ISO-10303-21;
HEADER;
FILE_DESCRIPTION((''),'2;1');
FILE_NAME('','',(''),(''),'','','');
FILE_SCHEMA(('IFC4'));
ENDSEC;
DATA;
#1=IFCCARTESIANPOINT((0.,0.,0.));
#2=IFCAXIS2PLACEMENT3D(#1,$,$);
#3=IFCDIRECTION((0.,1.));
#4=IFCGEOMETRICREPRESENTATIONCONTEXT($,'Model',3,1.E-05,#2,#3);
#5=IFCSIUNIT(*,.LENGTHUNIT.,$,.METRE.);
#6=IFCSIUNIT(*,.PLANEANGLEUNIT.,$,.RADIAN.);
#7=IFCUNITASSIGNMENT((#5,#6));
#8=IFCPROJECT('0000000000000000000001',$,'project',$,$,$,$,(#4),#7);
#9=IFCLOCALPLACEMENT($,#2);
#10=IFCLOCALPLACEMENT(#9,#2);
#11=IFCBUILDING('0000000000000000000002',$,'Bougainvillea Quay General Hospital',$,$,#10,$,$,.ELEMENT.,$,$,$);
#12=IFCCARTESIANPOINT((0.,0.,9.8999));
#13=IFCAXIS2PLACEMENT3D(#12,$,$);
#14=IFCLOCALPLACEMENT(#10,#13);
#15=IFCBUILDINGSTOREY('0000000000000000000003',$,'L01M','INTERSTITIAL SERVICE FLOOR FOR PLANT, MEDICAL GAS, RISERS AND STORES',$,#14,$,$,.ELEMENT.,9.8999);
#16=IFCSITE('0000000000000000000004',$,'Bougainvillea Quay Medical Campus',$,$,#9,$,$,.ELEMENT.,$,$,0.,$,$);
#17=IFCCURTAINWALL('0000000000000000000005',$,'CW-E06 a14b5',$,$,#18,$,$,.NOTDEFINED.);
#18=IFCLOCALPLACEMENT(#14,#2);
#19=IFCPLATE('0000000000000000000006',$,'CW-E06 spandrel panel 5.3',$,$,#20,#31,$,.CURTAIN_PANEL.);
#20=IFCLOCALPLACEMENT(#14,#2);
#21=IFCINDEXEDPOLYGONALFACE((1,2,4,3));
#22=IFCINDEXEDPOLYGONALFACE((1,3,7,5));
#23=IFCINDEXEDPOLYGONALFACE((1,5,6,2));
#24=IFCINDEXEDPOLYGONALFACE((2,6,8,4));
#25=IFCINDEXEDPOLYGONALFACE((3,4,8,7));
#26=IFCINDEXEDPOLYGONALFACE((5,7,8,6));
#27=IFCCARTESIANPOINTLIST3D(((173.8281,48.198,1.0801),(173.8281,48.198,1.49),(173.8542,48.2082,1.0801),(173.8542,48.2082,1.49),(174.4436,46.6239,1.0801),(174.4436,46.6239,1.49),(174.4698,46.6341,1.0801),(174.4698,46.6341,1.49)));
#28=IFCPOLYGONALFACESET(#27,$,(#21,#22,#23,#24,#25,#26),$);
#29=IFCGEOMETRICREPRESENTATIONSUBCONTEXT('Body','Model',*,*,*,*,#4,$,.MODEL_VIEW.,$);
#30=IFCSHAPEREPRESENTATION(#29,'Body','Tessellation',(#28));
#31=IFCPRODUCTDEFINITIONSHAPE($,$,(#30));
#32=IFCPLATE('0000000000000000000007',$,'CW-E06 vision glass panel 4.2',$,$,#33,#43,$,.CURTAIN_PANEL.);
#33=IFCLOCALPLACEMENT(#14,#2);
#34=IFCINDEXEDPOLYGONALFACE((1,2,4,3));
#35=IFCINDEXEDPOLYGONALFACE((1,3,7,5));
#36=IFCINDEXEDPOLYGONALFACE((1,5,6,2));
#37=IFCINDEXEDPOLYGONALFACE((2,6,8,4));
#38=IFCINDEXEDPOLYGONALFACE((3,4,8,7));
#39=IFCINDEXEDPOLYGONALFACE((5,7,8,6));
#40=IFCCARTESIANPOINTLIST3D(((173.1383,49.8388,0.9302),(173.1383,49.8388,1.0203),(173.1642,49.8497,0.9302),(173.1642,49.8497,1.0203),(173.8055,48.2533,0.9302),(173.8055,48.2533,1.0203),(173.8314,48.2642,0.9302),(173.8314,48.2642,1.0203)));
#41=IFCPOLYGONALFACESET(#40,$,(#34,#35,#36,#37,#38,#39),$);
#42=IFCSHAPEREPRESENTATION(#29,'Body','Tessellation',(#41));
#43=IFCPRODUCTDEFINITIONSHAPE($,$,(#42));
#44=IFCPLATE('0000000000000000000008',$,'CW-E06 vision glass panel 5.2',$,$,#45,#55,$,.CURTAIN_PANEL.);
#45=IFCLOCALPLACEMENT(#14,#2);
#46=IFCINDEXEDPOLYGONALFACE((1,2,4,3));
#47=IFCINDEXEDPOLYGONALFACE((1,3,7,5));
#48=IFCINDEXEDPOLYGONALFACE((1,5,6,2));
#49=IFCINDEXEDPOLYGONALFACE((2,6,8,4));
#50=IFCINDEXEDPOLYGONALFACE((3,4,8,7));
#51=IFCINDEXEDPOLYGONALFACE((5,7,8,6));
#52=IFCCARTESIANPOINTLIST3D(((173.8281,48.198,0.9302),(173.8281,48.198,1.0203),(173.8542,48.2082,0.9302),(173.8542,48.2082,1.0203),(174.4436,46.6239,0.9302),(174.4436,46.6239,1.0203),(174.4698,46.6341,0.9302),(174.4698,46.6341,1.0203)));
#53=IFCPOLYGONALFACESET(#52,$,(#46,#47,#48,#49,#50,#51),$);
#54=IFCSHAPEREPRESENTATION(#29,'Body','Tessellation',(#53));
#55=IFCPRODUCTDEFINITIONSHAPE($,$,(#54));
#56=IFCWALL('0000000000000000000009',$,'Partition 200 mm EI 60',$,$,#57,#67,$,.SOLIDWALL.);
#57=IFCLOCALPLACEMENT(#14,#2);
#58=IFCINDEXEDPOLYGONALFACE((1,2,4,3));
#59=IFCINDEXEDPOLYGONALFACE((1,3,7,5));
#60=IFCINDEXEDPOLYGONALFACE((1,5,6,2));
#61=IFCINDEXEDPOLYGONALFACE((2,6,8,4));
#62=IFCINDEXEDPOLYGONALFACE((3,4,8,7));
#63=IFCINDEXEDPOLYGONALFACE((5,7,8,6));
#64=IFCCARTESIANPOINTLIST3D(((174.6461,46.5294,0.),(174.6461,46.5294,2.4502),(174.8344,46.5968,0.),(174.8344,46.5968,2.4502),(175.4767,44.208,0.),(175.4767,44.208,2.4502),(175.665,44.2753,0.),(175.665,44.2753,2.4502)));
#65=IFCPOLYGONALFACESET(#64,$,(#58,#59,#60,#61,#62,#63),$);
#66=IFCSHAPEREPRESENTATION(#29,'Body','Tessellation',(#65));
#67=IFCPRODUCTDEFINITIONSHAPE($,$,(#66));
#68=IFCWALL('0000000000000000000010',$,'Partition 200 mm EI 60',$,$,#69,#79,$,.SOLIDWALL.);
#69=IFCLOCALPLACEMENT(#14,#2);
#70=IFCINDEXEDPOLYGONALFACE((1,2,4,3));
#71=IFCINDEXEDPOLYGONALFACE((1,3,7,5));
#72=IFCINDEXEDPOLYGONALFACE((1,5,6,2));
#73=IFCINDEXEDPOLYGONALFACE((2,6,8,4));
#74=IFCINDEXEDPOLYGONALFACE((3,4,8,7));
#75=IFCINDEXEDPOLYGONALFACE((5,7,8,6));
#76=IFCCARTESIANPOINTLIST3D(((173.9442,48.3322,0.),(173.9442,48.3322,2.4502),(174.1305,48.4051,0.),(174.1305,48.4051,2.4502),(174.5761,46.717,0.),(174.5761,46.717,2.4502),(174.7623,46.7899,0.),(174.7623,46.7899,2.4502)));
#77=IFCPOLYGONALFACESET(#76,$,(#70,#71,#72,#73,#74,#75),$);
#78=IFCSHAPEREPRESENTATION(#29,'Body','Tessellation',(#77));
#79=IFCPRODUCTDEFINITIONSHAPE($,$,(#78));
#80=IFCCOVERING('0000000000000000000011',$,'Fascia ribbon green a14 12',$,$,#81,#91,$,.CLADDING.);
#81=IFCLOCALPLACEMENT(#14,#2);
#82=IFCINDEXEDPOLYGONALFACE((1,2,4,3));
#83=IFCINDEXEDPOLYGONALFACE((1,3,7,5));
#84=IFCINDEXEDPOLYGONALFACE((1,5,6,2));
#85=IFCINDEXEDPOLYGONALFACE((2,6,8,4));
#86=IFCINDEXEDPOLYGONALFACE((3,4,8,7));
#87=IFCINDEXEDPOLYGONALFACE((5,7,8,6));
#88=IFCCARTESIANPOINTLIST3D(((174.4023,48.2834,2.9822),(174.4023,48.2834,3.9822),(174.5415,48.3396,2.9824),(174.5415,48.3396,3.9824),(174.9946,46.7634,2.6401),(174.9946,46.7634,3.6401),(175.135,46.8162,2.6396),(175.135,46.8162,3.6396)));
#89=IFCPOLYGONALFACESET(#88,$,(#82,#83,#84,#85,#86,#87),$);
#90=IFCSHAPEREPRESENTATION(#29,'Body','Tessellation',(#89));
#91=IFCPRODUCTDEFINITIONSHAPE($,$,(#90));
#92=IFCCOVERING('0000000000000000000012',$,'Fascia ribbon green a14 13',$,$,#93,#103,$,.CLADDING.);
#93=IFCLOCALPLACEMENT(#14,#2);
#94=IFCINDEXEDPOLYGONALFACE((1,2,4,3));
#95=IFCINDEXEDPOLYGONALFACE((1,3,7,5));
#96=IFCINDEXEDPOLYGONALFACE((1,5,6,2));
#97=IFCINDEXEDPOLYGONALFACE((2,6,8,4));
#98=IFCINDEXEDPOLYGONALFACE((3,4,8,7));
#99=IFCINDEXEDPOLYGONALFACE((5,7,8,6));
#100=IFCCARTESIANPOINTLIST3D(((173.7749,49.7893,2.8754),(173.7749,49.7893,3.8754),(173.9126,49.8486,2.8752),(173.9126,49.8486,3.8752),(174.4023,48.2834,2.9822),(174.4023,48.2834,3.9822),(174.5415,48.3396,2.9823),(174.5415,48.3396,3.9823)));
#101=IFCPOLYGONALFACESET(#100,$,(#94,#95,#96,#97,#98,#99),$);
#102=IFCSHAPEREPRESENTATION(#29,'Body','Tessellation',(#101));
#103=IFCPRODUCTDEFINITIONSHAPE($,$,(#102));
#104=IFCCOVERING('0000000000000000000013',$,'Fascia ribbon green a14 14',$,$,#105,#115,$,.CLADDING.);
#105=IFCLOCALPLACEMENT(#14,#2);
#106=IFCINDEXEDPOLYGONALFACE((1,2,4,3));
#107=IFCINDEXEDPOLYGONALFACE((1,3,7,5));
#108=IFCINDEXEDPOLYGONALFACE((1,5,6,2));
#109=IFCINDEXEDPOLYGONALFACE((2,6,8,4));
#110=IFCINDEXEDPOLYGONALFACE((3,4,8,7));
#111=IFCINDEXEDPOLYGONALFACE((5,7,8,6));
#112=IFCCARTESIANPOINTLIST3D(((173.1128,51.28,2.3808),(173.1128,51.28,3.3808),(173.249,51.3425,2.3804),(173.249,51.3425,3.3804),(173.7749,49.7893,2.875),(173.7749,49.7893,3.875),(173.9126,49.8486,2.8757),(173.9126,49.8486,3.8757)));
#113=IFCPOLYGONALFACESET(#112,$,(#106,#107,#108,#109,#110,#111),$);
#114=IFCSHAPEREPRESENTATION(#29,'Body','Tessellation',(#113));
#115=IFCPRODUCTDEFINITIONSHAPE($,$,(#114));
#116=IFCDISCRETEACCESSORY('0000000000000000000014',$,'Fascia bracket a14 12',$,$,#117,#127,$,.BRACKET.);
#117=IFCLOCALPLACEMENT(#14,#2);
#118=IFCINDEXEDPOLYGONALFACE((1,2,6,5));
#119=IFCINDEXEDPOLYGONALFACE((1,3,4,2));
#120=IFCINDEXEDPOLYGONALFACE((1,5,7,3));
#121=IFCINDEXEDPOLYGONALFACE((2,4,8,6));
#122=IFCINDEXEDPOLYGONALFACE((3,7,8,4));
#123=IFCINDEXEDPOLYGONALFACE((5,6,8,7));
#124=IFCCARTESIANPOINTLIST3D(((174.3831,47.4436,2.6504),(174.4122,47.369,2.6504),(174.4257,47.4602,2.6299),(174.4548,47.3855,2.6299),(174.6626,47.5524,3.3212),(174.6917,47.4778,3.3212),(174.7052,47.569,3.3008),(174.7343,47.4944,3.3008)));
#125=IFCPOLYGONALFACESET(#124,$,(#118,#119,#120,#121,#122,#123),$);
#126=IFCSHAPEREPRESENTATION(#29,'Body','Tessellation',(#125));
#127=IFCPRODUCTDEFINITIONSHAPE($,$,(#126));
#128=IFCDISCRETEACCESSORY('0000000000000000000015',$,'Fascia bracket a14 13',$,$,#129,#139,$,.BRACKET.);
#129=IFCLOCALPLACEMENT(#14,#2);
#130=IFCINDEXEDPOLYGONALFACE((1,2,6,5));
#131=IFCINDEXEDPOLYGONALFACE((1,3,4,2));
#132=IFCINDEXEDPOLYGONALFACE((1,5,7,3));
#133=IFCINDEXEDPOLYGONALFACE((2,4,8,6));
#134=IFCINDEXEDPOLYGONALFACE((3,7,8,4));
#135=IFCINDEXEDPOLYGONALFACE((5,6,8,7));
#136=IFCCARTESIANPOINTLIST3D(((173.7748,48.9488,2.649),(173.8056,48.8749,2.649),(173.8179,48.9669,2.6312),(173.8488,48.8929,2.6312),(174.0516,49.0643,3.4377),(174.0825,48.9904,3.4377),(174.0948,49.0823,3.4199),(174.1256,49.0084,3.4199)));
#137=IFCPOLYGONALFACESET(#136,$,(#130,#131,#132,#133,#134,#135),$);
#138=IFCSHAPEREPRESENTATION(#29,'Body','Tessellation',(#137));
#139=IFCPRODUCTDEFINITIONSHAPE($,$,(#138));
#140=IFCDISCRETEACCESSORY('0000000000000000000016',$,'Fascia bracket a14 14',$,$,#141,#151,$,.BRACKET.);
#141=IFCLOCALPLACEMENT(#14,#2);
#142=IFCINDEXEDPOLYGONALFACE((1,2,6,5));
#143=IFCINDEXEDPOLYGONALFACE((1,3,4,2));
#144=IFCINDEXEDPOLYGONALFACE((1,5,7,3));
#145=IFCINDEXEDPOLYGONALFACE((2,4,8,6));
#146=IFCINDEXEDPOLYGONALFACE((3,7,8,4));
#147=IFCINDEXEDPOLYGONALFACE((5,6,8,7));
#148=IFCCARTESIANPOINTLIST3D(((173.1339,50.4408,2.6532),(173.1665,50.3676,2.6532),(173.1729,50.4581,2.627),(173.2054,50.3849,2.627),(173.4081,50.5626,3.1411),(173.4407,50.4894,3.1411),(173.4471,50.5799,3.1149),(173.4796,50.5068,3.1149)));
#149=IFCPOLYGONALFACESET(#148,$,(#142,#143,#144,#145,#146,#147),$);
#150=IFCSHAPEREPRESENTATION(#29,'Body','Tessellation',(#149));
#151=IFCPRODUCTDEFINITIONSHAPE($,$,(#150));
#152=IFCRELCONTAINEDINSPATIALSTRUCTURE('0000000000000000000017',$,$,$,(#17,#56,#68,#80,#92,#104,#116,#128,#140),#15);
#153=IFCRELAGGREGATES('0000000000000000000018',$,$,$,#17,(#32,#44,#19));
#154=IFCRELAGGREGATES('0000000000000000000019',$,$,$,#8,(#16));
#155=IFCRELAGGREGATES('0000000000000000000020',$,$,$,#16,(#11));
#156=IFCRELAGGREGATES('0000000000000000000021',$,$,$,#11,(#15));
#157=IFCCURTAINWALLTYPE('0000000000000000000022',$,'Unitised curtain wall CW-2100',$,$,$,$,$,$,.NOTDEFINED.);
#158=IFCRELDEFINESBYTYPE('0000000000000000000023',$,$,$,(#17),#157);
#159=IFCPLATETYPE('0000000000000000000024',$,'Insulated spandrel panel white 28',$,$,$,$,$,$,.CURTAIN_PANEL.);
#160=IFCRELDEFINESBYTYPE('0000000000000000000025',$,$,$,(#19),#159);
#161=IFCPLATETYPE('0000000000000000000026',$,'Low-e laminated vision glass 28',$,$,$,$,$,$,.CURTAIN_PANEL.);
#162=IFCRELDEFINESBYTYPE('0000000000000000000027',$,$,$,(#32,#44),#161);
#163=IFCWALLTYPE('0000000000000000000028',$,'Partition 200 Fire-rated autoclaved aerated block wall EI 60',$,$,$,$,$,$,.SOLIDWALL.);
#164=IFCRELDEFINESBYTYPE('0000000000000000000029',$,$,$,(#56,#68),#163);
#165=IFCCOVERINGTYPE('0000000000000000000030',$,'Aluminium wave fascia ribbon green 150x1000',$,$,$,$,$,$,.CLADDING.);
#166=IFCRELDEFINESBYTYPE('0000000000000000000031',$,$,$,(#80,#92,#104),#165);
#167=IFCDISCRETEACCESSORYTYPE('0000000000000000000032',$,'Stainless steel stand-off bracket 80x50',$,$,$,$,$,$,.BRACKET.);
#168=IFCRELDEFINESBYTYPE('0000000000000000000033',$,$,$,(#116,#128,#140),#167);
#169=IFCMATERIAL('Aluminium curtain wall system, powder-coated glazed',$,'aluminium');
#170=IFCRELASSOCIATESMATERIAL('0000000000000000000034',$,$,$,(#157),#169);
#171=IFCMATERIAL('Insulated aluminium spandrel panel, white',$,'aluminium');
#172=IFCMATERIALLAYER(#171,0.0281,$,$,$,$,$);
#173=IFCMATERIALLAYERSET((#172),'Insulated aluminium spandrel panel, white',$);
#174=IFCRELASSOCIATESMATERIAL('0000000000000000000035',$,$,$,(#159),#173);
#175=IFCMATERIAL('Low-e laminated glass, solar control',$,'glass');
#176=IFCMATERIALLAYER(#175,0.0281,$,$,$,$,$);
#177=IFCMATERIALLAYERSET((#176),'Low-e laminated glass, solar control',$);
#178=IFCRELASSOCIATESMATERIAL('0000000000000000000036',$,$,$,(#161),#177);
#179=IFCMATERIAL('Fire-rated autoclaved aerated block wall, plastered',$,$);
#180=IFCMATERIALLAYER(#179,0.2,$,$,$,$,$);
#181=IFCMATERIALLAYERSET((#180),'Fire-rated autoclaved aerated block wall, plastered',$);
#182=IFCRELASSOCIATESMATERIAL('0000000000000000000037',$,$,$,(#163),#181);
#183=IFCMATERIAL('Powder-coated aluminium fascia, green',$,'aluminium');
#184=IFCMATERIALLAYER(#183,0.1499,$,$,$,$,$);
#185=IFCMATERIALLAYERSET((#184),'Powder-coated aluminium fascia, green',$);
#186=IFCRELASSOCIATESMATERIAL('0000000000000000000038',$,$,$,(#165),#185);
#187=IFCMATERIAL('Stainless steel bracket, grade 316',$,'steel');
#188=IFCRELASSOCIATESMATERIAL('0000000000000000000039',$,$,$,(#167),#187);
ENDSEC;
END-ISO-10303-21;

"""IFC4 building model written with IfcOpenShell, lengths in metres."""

from ifc_helpers import new_model, si_unit, direction, frame, frame_2d, origin, origin_2d, place, context, subcontext, project, spatial, polyline, rectangle, outline, extrude, material, layer, layer_set, material_profile, profile_set, type_object, element, aggregate, save


model = new_model("IFC4")

# Units and contexts
model_context = context("Model", 3, precision=1e-05, world=origin(), true_north=direction((0.0, 1.0)))
body_context = subcontext(model_context, "Body", "Model", "MODEL_VIEW")
ifc_project = project(units=[si_unit("LENGTHUNIT", "METRE"), si_unit("PLANEANGLEUNIT", "RADIAN")], contexts=[model_context])

# Site, building, storey
site_placement = place(None, origin())
site = spatial("IfcSite", under=ifc_project, at=site_placement, Name="Bougainvillea Quay Medical Campus", CompositionType="ELEMENT", RefElevation=0.0)
building_placement = place(site_placement, origin())
building = spatial("IfcBuilding", under=site, at=building_placement, Name="Bougainvillea Quay General Hospital", CompositionType="ELEMENT")
storey_placement = place(building_placement, frame((0.0, 0.0, 9.8999)))
storey = spatial("IfcBuildingStorey", under=building, at=storey_placement, Name="L01M", Description="INTERSTITIAL SERVICE FLOOR FOR PLANT, MEDICAL GAS, RISERS AND STORES", CompositionType="ELEMENT", Elevation=9.8999)

# Curtain wall
ifc_material_1 = material(Name="Aluminium curtain wall system, powder-coated glazed", Category="aluminium")
curtain_wall_type = type_object("IfcCurtainWallType", Name="Unitised curtain wall CW-2100", PredefinedType="NOTDEFINED", material=ifc_material_1)
curtain_wall_1_placement = place(storey_placement, origin())
curtain_wall_1 = element("IfcCurtainWall", 1, at=curtain_wall_1_placement, inside=storey, type_object=curtain_wall_type, Name="CW-E06 a14b5", PredefinedType="NOTDEFINED")

# Plates
ifc_material_2 = material(Name="Insulated aluminium spandrel panel, white", Category="aluminium")
ifc_layer_1 = layer(ifc_material_2, 0.0281)
ifc_layer_set_1 = layer_set([ifc_layer_1], Name="Insulated aluminium spandrel panel, white")
plate_type_1 = type_object("IfcPlateType", Name="Insulated spandrel panel white 28", PredefinedType="CURTAIN_PANEL", material=ifc_layer_set_1)
plate_1_placement = place(storey_placement, frame((174.1489, 47.416, 1.0801), z_axis=(0.0, 0.0, 1.0), x_axis=(0.364214, -0.931315, 0.0)))
plate_1 = element("IfcPlate", 2, at=plate_1_placement, type_object=plate_type_1, Name="CW-E06 spandrel panel 5.3", PredefinedType="CURTAIN_PANEL", context=body_context, shape_type="SweptSolid", body=[
    extrude(rectangle(XDim=1.6902, YDim=0.0281, at=origin_2d()), origin(), (0.0, 0.0, 1.0), 0.4099),
])
ifc_material_3 = material(Name="Low-e laminated glass, solar control", Category="glass")
ifc_layer_2 = layer(ifc_material_3, 0.0281)
ifc_layer_set_2 = layer_set([ifc_layer_2], Name="Low-e laminated glass, solar control")
plate_type_2 = type_object("IfcPlateType", Name="Low-e laminated vision glass 28", PredefinedType="CURTAIN_PANEL", material=ifc_layer_set_2)
plate_2_placement = place(storey_placement, frame((173.4849, 49.0515, 0.9302), z_axis=(0.0, 0.0, 1.0), x_axis=(0.387863, -0.921717, 0.0)))
plate_2 = element("IfcPlate", 3, at=plate_2_placement, type_object=plate_type_2, Name="CW-E06 vision glass panel 4.2", PredefinedType="CURTAIN_PANEL", context=body_context, shape_type="SweptSolid", body=[
    extrude(rectangle(XDim=1.7202, YDim=0.0281, at=origin_2d()), origin(), (0.0, 0.0, 1.0), 0.0901),
])
plate_3_placement = place(storey_placement, frame((174.1489, 47.416, 0.9302), z_axis=(0.0, 0.0, 1.0), x_axis=(0.364214, -0.931315, 0.0)))
plate_3 = element("IfcPlate", 4, at=plate_3_placement, type_object=plate_type_2, Name="CW-E06 vision glass panel 5.2", PredefinedType="CURTAIN_PANEL", context=body_context, shape_type="SweptSolid", body=[
    extrude(rectangle(XDim=1.6902, YDim=0.0281, at=origin_2d()), origin(), (0.0, 0.0, 1.0), 0.0901),
])
aggregate(curtain_wall_1, [plate_2, plate_3, plate_1])

# Walls
ifc_material_4 = material(Name="Fire-rated autoclaved aerated block wall, plastered")
ifc_layer_3 = layer(ifc_material_4, 0.2)
ifc_layer_set_3 = layer_set([ifc_layer_3], Name="Fire-rated autoclaved aerated block wall, plastered")
wall_type = type_object("IfcWallType", Name="Partition 200 Fire-rated autoclaved aerated block wall EI 60", PredefinedType="SOLIDWALL", material=ifc_layer_set_3)
wall_1_placement = place(storey_placement, frame((174.7402, 46.5632, 0.0), z_axis=(0.0, 0.0, 1.0), x_axis=(0.336857, -0.941556, 0.0)))
element("IfcWall", 5, at=wall_1_placement, inside=storey, type_object=wall_type, Name="Partition 200 mm EI 60", PredefinedType="SOLIDWALL", context=body_context, shape_type="SweptSolid", body=[
    extrude(rectangle(XDim=2.4656, YDim=0.2, at=frame_2d((1.2329, 0.0))), origin(), (0.0, 0.0, 1.0), 2.4502),
])
wall_2_placement = place(storey_placement, frame((174.0374, 48.3687, 0.0), z_axis=(0.0, 0.0, 1.0), x_axis=(0.364293, -0.931284, 0.0)))
element("IfcWall", 6, at=wall_2_placement, inside=storey, type_object=wall_type, Name="Partition 200 mm EI 60", PredefinedType="SOLIDWALL", context=body_context, shape_type="SweptSolid", body=[
    extrude(rectangle(XDim=1.7344, YDim=0.2, at=frame_2d((0.8672, 0.0))), origin(), (0.0, 0.0, 1.0), 2.4502),
])

# Coverings
ifc_material_5 = material(Name="Powder-coated aluminium fascia, green", Category="aluminium")
ifc_layer_4 = layer(ifc_material_5, 0.1499)
ifc_layer_set_4 = layer_set([ifc_layer_4], Name="Powder-coated aluminium fascia, green")
covering_type = type_object("IfcCoveringType", Name="Aluminium wave fascia ribbon green 150x1000", PredefinedType="CLADDING", material=ifc_layer_set_4)
covering_1_placement = place(storey_placement, frame((174.9946, 46.7634, 2.6401), z_axis=(0.07522, -0.190916, 0.97872), x_axis=(-0.355341, 0.911935, 0.205199)))
element("IfcCovering", 7, at=covering_1_placement, inside=storey, type_object=covering_type, Name="Fascia ribbon green a14 12", PredefinedType="CLADDING", context=body_context, shape_type="SweptSolid", body=[
    extrude(outline(polyline([(0.0, 0.0), (1.6668, 0.0), (1.6686, -0.1501), (-0.0019, -0.1499), (0.0, 0.0)])), origin(), (0.205199, 0.000756, 0.97872), 1.0),
])
covering_2_placement = place(storey_placement, frame((174.4023, 48.2834, 2.9822), z_axis=(-0.025153, 0.060304, 0.997863), x_axis=(-0.383794, 0.921104, -0.065339)))
element("IfcCovering", 8, at=covering_2_placement, inside=storey, type_object=covering_type, Name="Fascia ribbon green a14 13", PredefinedType="CLADDING", context=body_context, shape_type="SweptSolid", body=[
    extrude(outline(polyline([(0.0, 0.0), (1.6348, 0.0), (1.6366, -0.1499), (-0.0017, -0.1501), (0.0, 0.0)])), origin(), (-0.065339, -0.000024, 0.997863), 1.0),
])
covering_3_placement = place(storey_placement, frame((173.7749, 49.7893, 2.875), z_axis=(-0.118547, 0.264634, 0.957035), x_axis=(-0.388476, 0.874644, -0.289972)))
element("IfcCovering", 9, at=covering_3_placement, inside=storey, type_object=covering_type, Name="Fascia ribbon green a14 14", PredefinedType="CLADDING", context=body_context, shape_type="SweptSolid", body=[
    extrude(outline(polyline([(0.0, 0.0), (1.7044, 0.0), (1.7062, -0.1499), (-0.0018, -0.1499), (0.0, 0.0)])), origin(), (-0.289972, -0.000882, 0.957035), 1.0),
])

# Discrete accessories
ifc_material_6 = material(Name="Stainless steel bracket, grade 316", Category="steel")
ifc_material_profile_1 = material_profile(ifc_material_6, rectangle(XDim=0.0801, YDim=0.05, at=origin_2d()))
ifc_profile_set_1 = profile_set([ifc_material_profile_1], Name="Stainless steel bracket, grade 316")
discrete_accessory_type = type_object("IfcDiscreteAccessoryType", Name="Stainless steel stand-off bracket 80x50", PredefinedType="BRACKET", material=ifc_profile_set_1)
discrete_accessory_1_placement = place(storey_placement, frame((174.4189, 47.4146, 2.6401), z_axis=(0.38037, 0.148162, 0.912889), x_axis=(-0.362957, 0.931806, 0.0)))
element("IfcDiscreteAccessory", 10, at=discrete_accessory_1_placement, inside=storey, type_object=discrete_accessory_type, Name="Fascia bracket a14 12", PredefinedType="BRACKET", context=body_context, shape_type="SweptSolid", body=[
    extrude(rectangle(XDim=0.0801, YDim=0.05, at=origin_2d()), origin(), (0.0, 0.0, 1.0), 0.7349),
])
discrete_accessory_2_placement = place(storey_placement, frame((173.8118, 48.9209, 2.6401), z_axis=(0.328144, 0.136871, 0.934659), x_axis=(-0.384962, 0.922932, 0.0)))
element("IfcDiscreteAccessory", 11, at=discrete_accessory_2_placement, inside=storey, type_object=discrete_accessory_type, Name="Fascia bracket a14 13", PredefinedType="BRACKET", context=body_context, shape_type="SweptSolid", body=[
    extrude(rectangle(XDim=0.0801, YDim=0.05, at=origin_2d()), origin(), (0.0, 0.0, 1.0), 0.8438),
])
discrete_accessory_3_placement = place(storey_placement, frame((173.1697, 50.4128, 2.6401), z_axis=(0.478756, 0.212733, 0.851785), x_axis=(-0.406063, 0.913845, 0.0)))
element("IfcDiscreteAccessory", 12, at=discrete_accessory_3_placement, inside=storey, type_object=discrete_accessory_type, Name="Fascia bracket a14 14", PredefinedType="BRACKET", context=body_context, shape_type="SweptSolid", body=[
    extrude(rectangle(XDim=0.0801, YDim=0.05, at=origin_2d()), origin(), (0.0, 0.0, 1.0), 0.5728),
])

save(model, "model.ifc")
